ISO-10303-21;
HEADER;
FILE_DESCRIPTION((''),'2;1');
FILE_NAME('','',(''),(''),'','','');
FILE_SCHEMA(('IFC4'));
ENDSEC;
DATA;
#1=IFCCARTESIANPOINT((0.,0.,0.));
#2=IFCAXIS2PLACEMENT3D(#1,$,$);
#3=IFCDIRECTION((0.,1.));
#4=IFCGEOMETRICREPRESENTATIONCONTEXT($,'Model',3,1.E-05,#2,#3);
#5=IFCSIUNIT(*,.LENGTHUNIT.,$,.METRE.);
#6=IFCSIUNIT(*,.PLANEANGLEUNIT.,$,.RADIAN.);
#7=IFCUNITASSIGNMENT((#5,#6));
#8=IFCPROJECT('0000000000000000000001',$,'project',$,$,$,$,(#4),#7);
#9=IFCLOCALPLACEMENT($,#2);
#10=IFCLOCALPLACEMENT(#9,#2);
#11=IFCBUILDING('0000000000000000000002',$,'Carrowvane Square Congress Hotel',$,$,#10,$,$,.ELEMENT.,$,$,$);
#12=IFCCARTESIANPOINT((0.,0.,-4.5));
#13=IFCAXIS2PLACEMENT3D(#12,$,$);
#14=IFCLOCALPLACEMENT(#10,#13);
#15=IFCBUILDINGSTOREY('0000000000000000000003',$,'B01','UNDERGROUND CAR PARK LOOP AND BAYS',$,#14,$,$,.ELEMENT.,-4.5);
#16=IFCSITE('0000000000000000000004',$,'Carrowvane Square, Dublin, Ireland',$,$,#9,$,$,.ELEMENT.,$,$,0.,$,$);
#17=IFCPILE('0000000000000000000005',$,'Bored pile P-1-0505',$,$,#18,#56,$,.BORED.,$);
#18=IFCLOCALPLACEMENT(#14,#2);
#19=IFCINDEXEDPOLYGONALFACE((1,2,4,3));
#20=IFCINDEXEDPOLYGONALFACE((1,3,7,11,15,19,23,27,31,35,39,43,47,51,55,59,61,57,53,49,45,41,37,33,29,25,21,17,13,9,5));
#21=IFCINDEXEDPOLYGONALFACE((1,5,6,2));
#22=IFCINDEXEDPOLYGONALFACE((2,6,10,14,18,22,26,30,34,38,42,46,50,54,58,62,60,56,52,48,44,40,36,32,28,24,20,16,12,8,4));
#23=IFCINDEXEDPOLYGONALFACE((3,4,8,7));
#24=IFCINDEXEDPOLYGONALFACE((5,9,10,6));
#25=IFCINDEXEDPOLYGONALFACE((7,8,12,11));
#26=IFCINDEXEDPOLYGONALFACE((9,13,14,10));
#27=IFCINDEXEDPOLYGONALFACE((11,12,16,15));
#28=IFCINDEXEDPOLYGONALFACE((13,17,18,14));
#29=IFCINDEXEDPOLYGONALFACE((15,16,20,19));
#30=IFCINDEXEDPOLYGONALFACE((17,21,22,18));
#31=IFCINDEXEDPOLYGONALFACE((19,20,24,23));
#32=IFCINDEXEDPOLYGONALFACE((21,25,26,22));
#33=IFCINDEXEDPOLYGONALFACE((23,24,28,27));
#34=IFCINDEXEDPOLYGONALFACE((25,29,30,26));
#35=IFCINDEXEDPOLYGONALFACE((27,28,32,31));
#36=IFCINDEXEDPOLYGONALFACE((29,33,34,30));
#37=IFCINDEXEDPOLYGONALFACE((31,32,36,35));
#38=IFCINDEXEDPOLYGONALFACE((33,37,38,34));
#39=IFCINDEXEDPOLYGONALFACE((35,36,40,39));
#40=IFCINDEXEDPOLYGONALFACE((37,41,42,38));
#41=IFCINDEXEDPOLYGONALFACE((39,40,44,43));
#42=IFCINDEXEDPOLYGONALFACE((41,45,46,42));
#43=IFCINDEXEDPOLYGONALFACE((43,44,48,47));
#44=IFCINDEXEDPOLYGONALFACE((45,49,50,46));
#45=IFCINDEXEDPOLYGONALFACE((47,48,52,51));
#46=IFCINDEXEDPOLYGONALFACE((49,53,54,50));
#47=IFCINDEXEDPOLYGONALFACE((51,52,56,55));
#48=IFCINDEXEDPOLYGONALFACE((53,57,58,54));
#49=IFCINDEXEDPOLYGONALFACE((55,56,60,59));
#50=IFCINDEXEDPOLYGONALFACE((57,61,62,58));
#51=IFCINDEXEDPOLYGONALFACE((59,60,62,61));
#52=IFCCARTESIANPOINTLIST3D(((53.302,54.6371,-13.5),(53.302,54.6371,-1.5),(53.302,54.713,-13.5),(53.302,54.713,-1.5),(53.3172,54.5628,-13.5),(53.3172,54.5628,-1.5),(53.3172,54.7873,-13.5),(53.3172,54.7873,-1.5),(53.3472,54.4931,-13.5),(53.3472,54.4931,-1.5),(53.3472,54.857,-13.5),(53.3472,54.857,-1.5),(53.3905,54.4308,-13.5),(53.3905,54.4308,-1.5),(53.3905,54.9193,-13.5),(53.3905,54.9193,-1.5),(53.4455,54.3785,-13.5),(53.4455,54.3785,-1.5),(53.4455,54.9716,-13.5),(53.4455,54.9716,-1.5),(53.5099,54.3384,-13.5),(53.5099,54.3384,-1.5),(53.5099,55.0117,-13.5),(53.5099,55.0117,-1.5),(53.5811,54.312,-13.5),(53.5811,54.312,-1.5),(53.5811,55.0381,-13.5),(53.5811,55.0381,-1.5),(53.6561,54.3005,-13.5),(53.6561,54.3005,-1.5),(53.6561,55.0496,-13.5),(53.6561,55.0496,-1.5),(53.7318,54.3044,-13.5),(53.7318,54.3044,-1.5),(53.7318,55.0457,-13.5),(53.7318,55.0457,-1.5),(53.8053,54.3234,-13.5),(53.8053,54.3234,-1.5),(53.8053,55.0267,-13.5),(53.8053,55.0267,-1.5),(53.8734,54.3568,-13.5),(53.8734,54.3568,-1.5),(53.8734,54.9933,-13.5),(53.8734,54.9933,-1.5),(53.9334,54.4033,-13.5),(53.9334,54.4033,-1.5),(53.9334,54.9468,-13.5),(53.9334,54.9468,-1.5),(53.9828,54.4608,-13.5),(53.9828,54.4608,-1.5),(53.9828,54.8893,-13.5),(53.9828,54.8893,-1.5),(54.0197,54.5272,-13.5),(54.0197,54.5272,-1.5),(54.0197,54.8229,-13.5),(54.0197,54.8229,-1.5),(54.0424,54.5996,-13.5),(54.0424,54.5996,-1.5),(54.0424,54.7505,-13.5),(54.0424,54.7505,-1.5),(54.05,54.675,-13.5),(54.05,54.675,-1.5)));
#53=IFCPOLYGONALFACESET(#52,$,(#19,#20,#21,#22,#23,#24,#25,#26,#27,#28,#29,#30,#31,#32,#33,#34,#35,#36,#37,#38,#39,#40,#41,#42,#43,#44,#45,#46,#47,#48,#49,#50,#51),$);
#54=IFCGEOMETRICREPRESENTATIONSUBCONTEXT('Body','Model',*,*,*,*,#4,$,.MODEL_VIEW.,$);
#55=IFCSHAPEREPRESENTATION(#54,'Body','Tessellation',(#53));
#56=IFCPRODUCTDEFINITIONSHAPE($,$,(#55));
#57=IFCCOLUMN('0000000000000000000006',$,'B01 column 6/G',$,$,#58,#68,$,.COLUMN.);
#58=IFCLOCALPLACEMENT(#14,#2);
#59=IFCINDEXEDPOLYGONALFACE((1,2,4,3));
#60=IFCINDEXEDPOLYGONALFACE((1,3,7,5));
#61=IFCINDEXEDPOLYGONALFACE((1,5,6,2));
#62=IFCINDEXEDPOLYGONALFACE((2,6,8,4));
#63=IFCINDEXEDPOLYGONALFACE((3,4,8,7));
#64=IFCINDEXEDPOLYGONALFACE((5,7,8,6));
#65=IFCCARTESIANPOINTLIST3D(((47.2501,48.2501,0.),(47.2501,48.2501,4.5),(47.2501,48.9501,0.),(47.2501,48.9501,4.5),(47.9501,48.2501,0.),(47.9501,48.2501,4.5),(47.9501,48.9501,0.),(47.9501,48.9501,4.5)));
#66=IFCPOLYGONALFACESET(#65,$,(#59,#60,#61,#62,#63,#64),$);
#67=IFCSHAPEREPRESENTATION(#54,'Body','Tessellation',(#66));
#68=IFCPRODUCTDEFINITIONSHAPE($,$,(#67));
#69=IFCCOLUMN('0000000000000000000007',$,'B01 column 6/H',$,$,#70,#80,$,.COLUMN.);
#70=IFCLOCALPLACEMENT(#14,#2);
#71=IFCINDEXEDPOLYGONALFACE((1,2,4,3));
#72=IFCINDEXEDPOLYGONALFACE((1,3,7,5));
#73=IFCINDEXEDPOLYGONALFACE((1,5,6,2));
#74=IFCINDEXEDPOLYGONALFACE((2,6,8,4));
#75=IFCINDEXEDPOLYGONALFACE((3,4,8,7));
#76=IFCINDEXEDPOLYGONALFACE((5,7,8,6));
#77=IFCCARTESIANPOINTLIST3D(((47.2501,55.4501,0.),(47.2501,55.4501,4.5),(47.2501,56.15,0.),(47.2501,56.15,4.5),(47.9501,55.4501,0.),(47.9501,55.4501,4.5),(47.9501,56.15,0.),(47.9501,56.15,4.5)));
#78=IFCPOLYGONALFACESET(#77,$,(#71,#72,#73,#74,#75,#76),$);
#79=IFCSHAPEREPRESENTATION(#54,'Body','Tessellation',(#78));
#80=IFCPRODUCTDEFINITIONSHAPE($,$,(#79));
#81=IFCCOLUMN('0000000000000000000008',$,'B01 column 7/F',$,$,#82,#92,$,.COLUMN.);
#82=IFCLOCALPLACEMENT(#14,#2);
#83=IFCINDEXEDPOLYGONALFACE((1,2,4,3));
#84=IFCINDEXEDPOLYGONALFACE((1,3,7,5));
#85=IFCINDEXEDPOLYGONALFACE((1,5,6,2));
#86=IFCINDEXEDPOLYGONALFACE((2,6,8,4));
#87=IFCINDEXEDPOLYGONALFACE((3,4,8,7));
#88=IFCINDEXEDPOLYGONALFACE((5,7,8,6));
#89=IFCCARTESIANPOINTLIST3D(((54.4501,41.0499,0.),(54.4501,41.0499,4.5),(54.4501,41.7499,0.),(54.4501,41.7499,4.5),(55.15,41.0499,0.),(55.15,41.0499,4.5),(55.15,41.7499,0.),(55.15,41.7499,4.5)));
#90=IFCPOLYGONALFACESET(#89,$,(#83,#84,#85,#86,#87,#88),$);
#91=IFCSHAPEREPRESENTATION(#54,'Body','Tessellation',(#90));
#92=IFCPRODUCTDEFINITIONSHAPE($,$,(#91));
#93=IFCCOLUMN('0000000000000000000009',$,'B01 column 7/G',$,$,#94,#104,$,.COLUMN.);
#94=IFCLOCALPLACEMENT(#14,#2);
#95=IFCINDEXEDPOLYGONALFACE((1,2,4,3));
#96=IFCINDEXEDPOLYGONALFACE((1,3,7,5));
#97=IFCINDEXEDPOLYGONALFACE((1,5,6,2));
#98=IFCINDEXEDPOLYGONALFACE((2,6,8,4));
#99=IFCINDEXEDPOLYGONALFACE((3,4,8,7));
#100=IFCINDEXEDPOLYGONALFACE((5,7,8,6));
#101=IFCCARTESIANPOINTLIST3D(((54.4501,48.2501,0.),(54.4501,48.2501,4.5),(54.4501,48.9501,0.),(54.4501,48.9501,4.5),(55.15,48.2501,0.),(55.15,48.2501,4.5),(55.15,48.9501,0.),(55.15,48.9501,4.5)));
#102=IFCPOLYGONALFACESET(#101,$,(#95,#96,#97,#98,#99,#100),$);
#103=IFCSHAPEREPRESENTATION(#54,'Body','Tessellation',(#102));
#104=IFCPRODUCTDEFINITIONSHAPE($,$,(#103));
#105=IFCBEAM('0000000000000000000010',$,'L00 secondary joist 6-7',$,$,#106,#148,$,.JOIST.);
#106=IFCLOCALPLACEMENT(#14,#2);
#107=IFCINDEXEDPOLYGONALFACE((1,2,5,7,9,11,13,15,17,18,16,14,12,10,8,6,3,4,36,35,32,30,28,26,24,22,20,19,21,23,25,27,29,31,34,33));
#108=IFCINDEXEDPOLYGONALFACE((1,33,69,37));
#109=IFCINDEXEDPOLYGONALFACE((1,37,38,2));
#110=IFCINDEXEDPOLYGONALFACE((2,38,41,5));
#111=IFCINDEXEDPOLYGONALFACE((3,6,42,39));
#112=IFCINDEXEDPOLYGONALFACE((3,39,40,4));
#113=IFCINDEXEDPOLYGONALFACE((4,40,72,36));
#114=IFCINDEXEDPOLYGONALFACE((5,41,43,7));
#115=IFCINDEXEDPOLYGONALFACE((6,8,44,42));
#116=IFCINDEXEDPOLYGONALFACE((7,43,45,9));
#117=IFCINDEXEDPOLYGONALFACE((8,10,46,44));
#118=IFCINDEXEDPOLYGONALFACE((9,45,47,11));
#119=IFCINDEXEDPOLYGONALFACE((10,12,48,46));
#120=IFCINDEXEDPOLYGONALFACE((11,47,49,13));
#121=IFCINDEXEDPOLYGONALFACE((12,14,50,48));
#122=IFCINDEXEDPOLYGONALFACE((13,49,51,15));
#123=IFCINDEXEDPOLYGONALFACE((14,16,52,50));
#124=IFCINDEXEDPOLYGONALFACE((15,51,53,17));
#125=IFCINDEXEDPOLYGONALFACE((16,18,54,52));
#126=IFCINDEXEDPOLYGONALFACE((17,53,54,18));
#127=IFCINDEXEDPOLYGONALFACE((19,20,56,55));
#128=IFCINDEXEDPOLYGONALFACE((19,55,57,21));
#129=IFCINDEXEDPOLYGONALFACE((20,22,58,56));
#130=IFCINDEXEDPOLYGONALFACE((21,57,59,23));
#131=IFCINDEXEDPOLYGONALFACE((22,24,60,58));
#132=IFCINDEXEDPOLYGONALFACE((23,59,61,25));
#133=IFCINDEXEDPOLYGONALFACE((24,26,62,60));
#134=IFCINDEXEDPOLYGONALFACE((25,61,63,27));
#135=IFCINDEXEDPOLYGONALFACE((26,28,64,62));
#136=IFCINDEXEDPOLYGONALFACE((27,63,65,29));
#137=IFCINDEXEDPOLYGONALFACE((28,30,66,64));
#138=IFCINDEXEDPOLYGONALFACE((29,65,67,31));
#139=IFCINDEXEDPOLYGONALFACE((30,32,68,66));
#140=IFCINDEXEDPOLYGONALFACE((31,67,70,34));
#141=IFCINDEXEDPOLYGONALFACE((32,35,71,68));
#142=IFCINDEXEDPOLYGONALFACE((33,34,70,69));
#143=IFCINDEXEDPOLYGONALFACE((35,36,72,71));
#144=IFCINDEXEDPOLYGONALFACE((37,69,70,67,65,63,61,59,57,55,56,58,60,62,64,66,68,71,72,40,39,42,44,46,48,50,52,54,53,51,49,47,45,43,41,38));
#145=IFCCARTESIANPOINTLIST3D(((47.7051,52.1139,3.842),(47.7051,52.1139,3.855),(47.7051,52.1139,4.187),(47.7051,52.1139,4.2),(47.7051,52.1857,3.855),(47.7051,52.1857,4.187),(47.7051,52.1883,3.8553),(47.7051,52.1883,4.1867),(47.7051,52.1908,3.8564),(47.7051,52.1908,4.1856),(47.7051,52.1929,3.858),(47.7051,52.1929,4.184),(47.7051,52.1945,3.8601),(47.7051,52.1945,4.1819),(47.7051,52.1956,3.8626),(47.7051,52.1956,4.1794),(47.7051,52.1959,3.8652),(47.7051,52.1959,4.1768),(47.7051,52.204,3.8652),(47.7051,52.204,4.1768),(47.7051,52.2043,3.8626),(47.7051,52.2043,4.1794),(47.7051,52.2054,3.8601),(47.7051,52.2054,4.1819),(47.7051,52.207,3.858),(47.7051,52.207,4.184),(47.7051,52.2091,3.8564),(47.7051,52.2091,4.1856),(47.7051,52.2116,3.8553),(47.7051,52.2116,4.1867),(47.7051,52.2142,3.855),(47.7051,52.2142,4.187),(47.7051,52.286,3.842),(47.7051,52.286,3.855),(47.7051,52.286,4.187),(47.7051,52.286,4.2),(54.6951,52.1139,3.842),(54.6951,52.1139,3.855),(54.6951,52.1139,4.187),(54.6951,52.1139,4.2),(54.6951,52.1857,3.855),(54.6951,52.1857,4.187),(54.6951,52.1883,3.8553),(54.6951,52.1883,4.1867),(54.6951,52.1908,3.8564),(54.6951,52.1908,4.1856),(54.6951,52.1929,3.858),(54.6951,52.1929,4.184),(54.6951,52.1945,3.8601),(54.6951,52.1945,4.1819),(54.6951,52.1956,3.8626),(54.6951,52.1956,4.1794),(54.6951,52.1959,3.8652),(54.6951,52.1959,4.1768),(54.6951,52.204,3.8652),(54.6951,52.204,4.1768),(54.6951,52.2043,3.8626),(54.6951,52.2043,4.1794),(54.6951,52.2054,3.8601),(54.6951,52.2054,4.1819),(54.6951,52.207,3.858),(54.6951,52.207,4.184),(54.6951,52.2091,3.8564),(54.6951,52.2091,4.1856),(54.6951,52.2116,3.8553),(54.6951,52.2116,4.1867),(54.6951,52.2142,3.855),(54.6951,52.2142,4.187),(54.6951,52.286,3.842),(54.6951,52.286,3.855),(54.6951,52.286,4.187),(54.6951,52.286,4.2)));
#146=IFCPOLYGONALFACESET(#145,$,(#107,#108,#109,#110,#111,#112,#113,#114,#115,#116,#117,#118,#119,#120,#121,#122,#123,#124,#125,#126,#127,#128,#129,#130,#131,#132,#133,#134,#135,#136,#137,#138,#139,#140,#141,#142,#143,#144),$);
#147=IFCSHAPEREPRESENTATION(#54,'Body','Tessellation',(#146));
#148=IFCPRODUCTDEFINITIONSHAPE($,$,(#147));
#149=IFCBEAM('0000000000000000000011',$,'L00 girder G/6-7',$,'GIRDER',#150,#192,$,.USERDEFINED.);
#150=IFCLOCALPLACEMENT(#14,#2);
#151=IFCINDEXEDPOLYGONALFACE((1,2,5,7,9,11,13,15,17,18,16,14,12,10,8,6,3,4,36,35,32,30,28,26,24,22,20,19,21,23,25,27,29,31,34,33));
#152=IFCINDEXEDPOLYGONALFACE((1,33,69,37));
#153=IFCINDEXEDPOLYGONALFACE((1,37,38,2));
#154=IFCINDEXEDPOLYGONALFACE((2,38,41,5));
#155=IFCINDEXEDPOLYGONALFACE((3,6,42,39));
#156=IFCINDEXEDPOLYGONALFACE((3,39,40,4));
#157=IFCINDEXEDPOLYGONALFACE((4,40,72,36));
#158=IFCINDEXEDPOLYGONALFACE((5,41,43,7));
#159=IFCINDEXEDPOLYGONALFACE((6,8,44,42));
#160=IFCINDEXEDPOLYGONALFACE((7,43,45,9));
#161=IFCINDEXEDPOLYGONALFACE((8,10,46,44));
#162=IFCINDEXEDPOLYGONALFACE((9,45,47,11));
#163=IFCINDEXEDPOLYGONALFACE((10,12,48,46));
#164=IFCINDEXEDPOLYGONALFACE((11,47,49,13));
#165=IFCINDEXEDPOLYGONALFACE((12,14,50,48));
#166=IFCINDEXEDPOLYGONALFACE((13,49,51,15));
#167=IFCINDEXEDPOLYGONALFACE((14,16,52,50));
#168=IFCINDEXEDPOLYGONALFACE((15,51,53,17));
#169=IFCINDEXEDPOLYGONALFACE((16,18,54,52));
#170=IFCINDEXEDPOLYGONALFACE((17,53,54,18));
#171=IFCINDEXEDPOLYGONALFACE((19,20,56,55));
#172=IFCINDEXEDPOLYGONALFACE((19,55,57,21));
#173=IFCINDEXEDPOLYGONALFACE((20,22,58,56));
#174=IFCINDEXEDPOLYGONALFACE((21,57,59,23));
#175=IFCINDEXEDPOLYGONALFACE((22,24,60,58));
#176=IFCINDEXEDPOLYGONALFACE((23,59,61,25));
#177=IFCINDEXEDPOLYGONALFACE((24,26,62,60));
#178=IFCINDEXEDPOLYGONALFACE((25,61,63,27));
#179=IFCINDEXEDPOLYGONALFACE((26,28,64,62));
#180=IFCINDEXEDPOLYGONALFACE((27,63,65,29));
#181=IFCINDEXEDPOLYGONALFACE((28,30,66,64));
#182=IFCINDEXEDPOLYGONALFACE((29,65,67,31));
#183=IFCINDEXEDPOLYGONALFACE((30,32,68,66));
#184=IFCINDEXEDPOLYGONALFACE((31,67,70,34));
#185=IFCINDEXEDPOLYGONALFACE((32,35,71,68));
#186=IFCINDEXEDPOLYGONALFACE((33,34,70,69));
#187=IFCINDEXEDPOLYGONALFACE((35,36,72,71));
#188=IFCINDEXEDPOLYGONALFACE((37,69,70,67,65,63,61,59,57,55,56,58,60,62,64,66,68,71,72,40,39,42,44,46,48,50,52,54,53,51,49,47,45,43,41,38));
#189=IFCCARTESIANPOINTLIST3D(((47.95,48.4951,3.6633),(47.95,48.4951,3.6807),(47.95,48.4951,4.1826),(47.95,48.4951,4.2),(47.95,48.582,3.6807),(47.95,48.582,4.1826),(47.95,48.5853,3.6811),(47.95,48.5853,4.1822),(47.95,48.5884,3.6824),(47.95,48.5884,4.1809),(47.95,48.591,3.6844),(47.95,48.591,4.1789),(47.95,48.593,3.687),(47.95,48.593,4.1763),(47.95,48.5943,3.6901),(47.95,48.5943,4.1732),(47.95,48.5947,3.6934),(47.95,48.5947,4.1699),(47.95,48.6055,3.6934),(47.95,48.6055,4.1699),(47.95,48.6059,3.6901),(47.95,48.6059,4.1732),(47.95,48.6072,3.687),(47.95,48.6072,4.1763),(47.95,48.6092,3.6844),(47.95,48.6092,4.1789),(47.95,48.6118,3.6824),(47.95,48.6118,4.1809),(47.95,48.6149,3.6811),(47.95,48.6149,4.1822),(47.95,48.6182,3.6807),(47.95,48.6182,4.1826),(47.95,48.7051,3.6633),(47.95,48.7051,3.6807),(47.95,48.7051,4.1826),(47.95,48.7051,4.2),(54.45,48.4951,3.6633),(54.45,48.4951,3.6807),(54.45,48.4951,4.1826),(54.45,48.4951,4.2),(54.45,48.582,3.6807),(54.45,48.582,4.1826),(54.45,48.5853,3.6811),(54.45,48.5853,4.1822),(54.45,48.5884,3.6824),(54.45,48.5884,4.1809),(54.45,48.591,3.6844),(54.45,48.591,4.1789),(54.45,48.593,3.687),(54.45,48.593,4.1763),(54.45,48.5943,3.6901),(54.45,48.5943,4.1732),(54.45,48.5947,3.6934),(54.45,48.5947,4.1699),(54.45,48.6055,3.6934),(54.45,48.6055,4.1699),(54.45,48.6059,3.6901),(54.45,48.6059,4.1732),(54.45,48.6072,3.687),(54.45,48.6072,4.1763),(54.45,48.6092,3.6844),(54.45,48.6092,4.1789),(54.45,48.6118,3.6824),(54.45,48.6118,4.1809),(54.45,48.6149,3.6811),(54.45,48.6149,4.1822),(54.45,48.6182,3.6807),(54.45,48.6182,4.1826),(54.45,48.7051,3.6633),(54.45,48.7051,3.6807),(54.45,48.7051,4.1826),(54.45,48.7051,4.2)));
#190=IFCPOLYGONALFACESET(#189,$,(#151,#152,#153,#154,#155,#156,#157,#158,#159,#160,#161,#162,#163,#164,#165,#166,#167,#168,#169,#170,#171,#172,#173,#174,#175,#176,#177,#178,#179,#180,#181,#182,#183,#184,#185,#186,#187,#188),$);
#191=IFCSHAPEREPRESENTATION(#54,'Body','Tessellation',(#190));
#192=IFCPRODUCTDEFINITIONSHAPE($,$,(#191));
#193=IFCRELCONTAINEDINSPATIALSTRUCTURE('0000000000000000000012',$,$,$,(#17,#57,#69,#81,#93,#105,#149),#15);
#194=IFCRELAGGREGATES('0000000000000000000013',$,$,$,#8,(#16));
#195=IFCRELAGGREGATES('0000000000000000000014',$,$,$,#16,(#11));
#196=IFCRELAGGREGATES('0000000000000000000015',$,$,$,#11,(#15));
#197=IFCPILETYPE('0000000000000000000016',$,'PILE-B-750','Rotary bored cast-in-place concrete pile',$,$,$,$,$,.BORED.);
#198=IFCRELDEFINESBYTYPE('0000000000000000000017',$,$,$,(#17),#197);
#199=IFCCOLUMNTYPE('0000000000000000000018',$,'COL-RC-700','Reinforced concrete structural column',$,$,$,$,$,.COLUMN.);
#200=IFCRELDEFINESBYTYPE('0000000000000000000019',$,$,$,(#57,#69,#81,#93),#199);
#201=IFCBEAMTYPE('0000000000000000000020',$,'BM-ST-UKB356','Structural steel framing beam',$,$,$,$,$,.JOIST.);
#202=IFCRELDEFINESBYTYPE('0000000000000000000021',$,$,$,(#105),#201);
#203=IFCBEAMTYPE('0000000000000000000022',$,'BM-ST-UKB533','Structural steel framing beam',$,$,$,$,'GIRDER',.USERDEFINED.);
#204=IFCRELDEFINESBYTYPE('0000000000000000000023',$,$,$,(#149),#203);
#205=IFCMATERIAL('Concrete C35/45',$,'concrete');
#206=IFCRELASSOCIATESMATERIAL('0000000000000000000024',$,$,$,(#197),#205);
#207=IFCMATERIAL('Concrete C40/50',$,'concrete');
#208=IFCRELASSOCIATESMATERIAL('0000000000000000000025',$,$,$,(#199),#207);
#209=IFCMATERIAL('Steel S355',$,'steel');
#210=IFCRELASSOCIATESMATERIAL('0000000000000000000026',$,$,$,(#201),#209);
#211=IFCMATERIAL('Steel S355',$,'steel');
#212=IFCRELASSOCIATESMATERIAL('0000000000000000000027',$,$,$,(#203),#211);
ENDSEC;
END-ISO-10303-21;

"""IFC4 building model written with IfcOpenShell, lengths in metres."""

from ifc_helpers import new_model, si_unit, direction, frame, origin, origin_2d, place, context, subcontext, project, spatial, rectangle, circle, i_section, extrude, material, material_profile, profile_set, type_object, element, save


model = new_model("IFC4")

# Units and contexts
model_context = context("Model", 3, precision=1e-05, world=origin(), true_north=direction((0.0, 1.0)))
body_context = subcontext(model_context, "Body", "Model", "MODEL_VIEW")
ifc_project = project(units=[si_unit("LENGTHUNIT", "METRE"), si_unit("PLANEANGLEUNIT", "RADIAN")], contexts=[model_context])

# Site, building, storey
site_placement = place(None, origin())
site = spatial("IfcSite", under=ifc_project, at=site_placement, Name="Carrowvane Square, Dublin, Ireland", CompositionType="ELEMENT", RefElevation=0.0)
building_placement = place(site_placement, origin())
building = spatial("IfcBuilding", under=site, at=building_placement, Name="Carrowvane Square Congress Hotel", CompositionType="ELEMENT")
storey_placement = place(building_placement, frame((0.0, 0.0, -4.5)))
storey = spatial("IfcBuildingStorey", under=building, at=storey_placement, Name="B01", Description="UNDERGROUND CAR PARK LOOP AND BAYS", CompositionType="ELEMENT", Elevation=-4.5)

# Pile
ifc_material_1 = material(Name="Concrete C35/45", Category="concrete")
ifc_material_profile_1 = material_profile(ifc_material_1, circle(Radius=0.375, at=origin_2d()), Name="PILE D750")
ifc_profile_set_1 = profile_set([ifc_material_profile_1], Name="Concrete C35/45")
pile_type = type_object("IfcPileType", Name="PILE-B-750", Description="Rotary bored cast-in-place concrete pile", PredefinedType="BORED", material=ifc_profile_set_1)
for number, where, z_axis, x_axis, name in (
    (1, (53.675, 54.675, -1.5), (0.0, 0.0, -1.0), (1.0, 0.0, 0.0), "Bored pile P-1-0505"),
):
    element("IfcPile", number, at=place(storey_placement, frame(where, z_axis=z_axis, x_axis=x_axis)), inside=storey, type_object=pile_type, Name=name, PredefinedType="BORED", context=body_context, shape_type="SweptSolid", body=[
        extrude(circle(Radius=0.375, at=origin_2d()), origin(), (0.0, 0.0, 1.0), 12.0),
    ])

# Columns
ifc_material_2 = material(Name="Concrete C40/50", Category="concrete")
ifc_material_profile_2 = material_profile(ifc_material_2, rectangle(XDim=0.7, YDim=0.7, at=origin_2d()), Name="RC 700x700")
ifc_profile_set_2 = profile_set([ifc_material_profile_2], Name="Concrete C40/50")
column_type = type_object("IfcColumnType", Name="COL-RC-700", Description="Reinforced concrete structural column", PredefinedType="COLUMN", material=ifc_profile_set_2)
for number, where, z_axis, x_axis, name in (
    (2, (47.6001, 48.6001, 0.0), (0.0, 0.0, 1.0), (1.0, 0.0, 0.0), "B01 column 6/G"),
    (3, (47.6001, 55.8, 0.0), (0.0, 0.0, 1.0), (1.0, 0.0, 0.0), "B01 column 6/H"),
    (4, (54.8, 41.3999, 0.0), (0.0, 0.0, 1.0), (1.0, 0.0, 0.0), "B01 column 7/F"),
    (5, (54.8, 48.6001, 0.0), (0.0, 0.0, 1.0), (1.0, 0.0, 0.0), "B01 column 7/G"),
):
    element("IfcColumn", number, at=place(storey_placement, frame(where, z_axis=z_axis, x_axis=x_axis)), inside=storey, type_object=column_type, Name=name, PredefinedType="COLUMN", context=body_context, shape_type="SweptSolid", body=[
        extrude(rectangle(XDim=0.7, YDim=0.7, at=origin_2d()), origin(), (0.0, 0.0, 1.0), 4.5),
    ])

# Beams
ifc_material_3 = material(Name="Steel S355", Category="steel")
ifc_material_profile_3 = material_profile(ifc_material_3, i_section(OverallWidth=0.1721, OverallDepth=0.3579, WebThickness=0.0081, FlangeThickness=0.0129, FilletRadius=0.0103, at=origin_2d()), Name="UKB 356x171x57")
ifc_profile_set_3 = profile_set([ifc_material_profile_3], Name="Steel S355")
beam_type_1 = type_object("IfcBeamType", Name="BM-ST-UKB356", Description="Structural steel framing beam", PredefinedType="JOIST", material=ifc_profile_set_3)
beam_placement = place(storey_placement, frame((47.7051, 52.2, 4.021), z_axis=(1.0, 0.0, 0.0), x_axis=(0.0, 1.0, 0.0)))
element("IfcBeam", 6, at=beam_placement, inside=storey, type_object=beam_type_1, Name="L00 secondary joist 6-7", PredefinedType="JOIST", context=body_context, shape_type="SweptSolid", body=[
    extrude(i_section(OverallWidth=0.1721, OverallDepth=0.3579, WebThickness=0.0081, FlangeThickness=0.0129, FilletRadius=0.0103, at=origin_2d()), origin(), (0.0, 0.0, 1.0), 6.99),
])
ifc_material_4 = material(Name="Steel S355", Category="steel")
ifc_material_profile_4 = material_profile(ifc_material_4, i_section(OverallWidth=0.21, OverallDepth=0.5366, WebThickness=0.0107, FlangeThickness=0.0173, FilletRadius=0.0127, at=origin_2d()), Name="UKB 533x210x101")
ifc_profile_set_4 = profile_set([ifc_material_profile_4], Name="Steel S355")
beam_type_2 = type_object("IfcBeamType", Name="BM-ST-UKB533", Description="Structural steel framing beam", ElementType="GIRDER", PredefinedType="USERDEFINED", material=ifc_profile_set_4)
for number, where, z_axis, x_axis, name in (
    (7, (47.95, 48.6001, 3.9316), (1.0, 0.0, 0.0), (0.0, 1.0, 0.0), "L00 girder G/6-7"),
):
    element("IfcBeam", number, at=place(storey_placement, frame(where, z_axis=z_axis, x_axis=x_axis)), inside=storey, type_object=beam_type_2, Name=name, ObjectType="GIRDER", PredefinedType="USERDEFINED", context=body_context, shape_type="SweptSolid", body=[
        extrude(i_section(OverallWidth=0.21, OverallDepth=0.5366, WebThickness=0.0107, FlangeThickness=0.0173, FilletRadius=0.0127, at=origin_2d()), origin(), (0.0, 0.0, 1.0), 6.5),
    ])

save(model, "model.ifc")
